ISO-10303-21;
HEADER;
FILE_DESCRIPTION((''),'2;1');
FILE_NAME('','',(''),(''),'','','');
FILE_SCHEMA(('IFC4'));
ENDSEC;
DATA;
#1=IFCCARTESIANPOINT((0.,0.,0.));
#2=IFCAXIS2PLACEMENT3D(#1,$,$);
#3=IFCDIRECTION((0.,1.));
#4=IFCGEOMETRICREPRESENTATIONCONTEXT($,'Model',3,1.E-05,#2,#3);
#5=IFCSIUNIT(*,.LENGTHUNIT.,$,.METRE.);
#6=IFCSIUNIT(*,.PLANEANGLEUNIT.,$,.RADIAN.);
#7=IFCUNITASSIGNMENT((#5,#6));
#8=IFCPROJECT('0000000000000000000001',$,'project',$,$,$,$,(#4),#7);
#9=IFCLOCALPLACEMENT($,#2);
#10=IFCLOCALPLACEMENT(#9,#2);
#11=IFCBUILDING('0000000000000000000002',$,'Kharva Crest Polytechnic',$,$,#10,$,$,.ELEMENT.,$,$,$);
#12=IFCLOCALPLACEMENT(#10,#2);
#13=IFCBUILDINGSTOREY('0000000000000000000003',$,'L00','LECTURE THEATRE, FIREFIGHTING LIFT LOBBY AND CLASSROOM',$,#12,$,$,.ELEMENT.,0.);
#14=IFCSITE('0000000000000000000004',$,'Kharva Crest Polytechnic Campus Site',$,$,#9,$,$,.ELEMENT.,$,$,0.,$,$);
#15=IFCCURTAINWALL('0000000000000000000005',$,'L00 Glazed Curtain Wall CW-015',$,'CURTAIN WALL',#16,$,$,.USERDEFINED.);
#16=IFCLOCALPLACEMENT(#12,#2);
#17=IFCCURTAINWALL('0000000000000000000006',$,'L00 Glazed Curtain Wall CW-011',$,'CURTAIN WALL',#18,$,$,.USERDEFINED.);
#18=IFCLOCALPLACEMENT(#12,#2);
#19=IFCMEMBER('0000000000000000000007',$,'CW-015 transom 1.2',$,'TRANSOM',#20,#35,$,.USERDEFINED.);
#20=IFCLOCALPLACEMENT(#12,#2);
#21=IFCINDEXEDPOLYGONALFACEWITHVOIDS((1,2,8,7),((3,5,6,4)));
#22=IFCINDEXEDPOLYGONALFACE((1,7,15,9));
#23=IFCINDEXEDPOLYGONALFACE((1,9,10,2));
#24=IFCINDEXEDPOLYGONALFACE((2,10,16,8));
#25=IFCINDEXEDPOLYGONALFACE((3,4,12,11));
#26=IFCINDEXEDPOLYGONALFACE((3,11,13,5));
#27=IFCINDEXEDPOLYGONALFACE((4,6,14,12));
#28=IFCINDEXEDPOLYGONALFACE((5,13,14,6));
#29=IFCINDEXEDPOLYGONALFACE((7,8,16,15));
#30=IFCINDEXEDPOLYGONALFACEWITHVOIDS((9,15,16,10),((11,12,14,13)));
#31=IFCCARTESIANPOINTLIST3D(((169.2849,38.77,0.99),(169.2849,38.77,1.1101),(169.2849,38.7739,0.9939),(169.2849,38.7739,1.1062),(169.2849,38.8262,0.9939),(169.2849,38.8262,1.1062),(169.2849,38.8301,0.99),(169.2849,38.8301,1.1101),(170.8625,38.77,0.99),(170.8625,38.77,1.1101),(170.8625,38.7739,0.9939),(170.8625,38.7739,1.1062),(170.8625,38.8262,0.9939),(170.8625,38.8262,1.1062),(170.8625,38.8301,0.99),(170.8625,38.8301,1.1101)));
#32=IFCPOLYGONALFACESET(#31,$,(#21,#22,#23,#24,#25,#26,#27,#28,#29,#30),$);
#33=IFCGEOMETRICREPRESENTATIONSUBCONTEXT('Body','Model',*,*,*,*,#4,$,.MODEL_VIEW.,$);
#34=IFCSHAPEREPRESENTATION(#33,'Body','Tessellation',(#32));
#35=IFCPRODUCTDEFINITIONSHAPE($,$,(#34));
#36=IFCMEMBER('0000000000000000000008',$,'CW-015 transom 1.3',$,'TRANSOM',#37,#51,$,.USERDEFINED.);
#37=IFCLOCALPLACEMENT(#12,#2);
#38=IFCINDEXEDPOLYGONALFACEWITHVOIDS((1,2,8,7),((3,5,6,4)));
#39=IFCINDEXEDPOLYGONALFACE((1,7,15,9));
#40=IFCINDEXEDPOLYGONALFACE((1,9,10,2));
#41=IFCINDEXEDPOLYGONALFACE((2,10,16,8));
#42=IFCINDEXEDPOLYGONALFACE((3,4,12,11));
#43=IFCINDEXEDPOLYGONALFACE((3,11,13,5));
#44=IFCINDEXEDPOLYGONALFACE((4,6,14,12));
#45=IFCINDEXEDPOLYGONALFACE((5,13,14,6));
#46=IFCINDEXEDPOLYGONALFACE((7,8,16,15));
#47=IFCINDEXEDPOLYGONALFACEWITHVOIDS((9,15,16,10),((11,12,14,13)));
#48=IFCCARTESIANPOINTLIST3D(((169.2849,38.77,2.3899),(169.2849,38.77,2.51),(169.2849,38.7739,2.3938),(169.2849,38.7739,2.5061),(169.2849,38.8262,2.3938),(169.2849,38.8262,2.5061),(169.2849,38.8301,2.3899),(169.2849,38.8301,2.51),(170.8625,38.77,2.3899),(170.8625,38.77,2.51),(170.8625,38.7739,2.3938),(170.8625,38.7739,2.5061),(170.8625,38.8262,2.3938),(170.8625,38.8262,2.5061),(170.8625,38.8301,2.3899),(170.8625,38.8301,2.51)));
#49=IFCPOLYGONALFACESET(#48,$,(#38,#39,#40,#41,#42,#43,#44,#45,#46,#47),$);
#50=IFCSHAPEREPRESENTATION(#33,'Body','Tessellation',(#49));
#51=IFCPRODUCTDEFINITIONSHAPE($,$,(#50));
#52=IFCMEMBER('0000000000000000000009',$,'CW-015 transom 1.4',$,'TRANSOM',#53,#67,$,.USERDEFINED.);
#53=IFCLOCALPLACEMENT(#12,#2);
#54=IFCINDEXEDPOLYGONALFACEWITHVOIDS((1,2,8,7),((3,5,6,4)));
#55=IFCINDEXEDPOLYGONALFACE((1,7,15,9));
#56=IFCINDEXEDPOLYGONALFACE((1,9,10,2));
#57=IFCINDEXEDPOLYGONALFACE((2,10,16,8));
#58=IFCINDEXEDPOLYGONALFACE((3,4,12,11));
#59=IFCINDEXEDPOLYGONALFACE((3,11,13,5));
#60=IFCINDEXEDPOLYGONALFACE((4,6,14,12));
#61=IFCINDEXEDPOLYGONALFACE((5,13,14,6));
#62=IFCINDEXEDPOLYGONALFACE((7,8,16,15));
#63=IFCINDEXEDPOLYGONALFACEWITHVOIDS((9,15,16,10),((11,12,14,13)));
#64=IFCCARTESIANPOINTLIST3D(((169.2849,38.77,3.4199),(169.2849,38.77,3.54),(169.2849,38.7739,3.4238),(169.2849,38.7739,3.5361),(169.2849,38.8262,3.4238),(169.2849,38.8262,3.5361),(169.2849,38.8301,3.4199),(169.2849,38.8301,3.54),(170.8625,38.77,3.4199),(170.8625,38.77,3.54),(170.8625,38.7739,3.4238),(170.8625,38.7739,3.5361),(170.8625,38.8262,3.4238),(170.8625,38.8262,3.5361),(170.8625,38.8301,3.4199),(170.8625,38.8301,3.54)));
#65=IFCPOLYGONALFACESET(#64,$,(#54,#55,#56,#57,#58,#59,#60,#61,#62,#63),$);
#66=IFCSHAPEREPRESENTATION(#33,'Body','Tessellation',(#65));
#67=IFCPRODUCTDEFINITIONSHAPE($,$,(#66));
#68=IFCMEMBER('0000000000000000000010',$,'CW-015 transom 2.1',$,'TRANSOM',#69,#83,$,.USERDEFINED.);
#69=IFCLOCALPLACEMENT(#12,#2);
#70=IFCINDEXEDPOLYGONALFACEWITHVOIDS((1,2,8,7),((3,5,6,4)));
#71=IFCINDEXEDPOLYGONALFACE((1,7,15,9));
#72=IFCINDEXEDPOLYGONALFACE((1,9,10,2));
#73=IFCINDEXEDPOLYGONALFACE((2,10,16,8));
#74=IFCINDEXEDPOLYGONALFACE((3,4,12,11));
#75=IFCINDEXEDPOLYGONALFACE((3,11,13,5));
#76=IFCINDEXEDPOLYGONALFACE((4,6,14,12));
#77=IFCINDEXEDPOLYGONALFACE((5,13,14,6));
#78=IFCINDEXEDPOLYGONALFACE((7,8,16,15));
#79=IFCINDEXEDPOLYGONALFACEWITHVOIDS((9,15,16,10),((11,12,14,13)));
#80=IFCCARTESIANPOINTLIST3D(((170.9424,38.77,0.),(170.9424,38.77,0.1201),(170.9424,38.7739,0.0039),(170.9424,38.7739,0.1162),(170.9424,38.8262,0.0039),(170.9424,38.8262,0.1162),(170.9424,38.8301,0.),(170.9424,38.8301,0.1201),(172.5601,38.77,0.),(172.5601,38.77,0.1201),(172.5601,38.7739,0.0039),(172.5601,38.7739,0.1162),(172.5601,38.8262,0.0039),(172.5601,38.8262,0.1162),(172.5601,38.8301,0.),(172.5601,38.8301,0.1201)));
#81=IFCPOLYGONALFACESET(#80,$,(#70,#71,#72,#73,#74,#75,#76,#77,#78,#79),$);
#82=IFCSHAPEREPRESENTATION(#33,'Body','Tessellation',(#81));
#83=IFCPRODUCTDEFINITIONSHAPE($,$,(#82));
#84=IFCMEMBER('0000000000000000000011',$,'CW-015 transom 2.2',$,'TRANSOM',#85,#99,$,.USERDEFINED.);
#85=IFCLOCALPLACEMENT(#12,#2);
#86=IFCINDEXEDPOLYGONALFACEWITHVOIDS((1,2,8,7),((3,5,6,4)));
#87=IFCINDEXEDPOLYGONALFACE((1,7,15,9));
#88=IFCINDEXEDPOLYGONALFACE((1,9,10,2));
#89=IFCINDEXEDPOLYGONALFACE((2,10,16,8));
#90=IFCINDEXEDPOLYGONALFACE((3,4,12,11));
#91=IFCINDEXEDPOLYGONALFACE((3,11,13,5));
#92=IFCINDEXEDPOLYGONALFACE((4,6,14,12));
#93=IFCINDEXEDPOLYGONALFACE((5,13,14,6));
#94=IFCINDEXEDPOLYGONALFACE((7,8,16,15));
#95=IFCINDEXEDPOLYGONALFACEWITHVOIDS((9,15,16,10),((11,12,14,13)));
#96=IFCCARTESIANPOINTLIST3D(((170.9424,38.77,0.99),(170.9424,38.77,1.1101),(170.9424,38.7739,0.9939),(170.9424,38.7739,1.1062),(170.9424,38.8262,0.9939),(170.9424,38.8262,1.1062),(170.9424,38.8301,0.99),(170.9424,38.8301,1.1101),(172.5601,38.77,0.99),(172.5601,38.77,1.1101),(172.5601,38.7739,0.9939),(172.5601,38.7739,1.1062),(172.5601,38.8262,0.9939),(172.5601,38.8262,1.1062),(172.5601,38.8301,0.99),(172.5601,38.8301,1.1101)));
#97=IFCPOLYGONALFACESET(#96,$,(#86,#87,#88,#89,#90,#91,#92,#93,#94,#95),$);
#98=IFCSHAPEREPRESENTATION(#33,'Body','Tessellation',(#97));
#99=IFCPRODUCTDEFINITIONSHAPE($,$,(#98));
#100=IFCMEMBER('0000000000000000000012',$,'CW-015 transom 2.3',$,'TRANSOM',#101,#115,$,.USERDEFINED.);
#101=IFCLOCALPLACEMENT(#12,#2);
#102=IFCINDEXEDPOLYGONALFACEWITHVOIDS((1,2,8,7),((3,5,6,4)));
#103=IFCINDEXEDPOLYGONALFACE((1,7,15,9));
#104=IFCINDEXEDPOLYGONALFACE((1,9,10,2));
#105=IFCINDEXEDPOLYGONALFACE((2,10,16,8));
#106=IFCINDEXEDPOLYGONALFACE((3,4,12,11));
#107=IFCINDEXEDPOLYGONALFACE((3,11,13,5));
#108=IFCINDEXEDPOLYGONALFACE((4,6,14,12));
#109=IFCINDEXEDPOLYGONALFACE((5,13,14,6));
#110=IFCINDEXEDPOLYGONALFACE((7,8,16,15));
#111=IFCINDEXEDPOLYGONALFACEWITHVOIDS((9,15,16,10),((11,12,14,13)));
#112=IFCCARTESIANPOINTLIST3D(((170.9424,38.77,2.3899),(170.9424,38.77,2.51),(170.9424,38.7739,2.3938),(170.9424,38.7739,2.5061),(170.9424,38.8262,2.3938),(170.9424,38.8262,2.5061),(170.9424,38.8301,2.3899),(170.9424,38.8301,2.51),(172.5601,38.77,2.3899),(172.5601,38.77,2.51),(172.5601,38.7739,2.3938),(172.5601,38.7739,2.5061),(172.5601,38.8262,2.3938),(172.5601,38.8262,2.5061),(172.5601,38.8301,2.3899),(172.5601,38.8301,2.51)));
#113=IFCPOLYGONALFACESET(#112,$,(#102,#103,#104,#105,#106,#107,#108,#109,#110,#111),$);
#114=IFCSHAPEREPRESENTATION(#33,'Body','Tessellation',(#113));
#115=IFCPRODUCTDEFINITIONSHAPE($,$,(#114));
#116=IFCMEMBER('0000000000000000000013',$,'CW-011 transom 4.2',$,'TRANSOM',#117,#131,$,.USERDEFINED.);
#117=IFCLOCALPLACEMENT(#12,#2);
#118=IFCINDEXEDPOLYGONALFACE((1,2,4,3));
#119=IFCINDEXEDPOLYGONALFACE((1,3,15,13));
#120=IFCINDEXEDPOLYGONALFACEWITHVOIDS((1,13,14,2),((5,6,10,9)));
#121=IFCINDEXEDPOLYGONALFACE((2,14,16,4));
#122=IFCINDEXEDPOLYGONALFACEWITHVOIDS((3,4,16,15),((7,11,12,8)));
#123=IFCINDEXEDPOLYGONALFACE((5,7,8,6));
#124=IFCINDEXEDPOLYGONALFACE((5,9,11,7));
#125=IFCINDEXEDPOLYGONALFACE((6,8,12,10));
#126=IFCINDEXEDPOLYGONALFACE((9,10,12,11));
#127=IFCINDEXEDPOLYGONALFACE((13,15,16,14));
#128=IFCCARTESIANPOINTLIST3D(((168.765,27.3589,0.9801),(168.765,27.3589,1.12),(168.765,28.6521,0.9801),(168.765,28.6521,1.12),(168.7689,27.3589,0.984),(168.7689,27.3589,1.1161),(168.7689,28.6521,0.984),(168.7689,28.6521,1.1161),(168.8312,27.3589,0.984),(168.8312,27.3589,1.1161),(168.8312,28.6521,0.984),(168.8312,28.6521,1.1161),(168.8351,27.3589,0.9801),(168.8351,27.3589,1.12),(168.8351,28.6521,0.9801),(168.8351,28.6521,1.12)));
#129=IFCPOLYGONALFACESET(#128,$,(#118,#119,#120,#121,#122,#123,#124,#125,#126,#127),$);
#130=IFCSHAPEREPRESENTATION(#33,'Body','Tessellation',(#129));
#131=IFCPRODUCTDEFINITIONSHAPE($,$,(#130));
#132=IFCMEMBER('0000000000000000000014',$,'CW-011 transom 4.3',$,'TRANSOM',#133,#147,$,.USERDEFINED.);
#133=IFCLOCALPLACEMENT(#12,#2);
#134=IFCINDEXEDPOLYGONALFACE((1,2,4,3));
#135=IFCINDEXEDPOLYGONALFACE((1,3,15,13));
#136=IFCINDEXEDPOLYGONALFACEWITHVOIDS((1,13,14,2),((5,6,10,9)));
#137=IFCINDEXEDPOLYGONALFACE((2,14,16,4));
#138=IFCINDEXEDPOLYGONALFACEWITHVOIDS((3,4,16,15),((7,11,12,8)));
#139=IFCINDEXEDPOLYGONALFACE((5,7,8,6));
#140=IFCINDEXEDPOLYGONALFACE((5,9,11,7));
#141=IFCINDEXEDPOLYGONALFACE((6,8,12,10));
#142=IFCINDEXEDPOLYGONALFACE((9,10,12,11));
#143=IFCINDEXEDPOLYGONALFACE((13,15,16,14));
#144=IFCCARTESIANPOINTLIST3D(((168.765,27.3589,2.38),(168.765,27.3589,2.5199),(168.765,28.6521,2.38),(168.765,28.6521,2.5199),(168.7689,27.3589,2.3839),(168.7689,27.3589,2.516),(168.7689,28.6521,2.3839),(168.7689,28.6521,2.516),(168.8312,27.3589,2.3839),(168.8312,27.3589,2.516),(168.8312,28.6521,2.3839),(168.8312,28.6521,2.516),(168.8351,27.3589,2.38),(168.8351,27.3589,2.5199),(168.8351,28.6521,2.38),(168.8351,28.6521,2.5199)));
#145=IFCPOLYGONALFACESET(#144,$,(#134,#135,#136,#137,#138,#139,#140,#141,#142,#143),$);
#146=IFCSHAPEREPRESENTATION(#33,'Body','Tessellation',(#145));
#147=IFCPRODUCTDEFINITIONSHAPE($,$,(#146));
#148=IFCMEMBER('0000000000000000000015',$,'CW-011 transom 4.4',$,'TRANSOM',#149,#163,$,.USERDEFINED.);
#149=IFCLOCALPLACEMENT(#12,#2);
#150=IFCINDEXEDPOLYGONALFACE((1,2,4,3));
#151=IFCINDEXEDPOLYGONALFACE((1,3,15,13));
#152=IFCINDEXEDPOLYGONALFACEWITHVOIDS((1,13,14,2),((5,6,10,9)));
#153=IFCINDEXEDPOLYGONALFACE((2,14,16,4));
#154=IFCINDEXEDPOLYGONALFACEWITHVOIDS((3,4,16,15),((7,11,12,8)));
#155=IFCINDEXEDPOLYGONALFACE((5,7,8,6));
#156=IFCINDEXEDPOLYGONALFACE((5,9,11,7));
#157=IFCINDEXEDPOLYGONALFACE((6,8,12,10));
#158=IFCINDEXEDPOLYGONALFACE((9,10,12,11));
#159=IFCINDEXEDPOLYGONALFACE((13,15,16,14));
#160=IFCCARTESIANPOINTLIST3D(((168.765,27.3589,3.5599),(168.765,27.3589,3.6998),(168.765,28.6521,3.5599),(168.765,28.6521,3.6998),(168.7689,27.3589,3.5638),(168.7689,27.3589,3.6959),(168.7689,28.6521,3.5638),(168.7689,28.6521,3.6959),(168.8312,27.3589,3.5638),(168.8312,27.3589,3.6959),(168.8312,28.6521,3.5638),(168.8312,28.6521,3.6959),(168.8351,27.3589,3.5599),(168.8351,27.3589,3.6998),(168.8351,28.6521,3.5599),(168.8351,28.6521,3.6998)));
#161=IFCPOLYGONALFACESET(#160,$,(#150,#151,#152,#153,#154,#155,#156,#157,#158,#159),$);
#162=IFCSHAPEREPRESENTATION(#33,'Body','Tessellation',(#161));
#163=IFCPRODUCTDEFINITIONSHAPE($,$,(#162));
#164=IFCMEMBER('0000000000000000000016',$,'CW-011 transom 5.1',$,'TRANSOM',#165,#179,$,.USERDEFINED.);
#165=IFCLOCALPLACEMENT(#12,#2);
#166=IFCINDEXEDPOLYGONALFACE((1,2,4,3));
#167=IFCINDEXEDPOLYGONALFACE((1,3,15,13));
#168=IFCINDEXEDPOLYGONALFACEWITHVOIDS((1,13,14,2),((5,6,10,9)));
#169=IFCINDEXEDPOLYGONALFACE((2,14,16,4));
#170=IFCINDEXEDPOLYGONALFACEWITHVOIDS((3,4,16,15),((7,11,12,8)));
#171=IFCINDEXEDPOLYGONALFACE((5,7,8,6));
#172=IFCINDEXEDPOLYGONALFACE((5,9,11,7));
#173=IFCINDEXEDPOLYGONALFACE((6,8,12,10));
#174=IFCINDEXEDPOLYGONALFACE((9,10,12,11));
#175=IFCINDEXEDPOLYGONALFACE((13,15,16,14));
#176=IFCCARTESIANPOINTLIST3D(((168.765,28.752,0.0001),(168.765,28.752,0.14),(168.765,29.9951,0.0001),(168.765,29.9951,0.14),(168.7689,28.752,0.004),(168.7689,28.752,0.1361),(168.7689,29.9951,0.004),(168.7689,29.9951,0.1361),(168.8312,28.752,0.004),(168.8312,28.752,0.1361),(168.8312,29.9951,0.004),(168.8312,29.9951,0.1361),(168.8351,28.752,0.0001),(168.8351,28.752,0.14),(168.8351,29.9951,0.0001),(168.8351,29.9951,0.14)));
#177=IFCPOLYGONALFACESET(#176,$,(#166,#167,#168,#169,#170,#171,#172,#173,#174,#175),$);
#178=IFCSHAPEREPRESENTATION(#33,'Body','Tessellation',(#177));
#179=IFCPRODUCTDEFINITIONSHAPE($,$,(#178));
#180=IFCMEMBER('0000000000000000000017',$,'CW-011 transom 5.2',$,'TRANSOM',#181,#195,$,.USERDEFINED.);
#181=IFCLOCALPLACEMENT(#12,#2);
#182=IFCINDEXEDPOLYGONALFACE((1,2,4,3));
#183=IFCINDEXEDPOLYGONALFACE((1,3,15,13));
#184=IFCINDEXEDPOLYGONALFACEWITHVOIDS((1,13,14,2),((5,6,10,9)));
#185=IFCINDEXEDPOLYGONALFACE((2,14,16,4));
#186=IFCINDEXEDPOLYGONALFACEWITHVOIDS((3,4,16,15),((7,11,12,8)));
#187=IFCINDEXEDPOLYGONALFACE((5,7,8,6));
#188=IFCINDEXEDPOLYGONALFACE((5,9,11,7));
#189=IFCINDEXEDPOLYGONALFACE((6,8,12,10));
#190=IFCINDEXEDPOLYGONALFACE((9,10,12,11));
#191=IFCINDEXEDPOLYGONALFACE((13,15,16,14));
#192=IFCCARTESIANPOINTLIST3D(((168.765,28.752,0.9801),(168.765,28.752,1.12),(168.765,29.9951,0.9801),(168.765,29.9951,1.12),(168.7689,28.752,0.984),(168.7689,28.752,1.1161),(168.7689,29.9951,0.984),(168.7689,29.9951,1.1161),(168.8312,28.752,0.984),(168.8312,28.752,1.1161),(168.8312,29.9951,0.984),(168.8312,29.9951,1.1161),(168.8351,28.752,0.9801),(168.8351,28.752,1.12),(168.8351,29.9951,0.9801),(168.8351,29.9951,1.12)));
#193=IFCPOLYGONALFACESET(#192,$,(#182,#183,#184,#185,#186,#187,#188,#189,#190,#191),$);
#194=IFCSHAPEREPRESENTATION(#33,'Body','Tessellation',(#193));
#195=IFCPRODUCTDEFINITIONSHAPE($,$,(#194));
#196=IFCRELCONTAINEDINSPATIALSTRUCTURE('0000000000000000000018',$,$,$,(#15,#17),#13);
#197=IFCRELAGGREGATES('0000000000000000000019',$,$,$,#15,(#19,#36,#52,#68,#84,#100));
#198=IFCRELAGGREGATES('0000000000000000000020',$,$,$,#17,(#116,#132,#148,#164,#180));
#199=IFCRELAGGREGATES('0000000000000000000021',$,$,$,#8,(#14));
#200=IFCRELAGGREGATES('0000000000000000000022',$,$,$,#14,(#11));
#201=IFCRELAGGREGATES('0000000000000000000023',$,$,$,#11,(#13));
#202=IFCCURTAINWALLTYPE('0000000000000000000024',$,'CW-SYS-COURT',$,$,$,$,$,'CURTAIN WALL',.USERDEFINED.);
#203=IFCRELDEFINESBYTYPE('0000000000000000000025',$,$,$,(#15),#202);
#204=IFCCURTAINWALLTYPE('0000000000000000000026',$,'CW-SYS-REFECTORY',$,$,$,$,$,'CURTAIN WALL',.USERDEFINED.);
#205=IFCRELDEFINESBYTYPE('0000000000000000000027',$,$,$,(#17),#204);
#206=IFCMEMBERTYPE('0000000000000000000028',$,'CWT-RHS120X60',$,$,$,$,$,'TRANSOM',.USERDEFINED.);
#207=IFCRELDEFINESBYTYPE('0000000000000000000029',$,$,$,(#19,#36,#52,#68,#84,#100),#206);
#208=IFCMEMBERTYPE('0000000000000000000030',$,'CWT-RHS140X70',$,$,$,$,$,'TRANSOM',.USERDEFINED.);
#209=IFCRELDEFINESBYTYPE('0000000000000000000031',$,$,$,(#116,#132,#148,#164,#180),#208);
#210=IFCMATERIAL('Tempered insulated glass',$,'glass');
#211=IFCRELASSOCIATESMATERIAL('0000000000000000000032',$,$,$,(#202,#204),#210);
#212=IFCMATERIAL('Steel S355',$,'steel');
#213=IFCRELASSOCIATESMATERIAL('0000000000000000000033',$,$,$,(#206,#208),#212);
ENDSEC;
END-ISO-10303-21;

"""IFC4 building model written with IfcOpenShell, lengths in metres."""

from ifc_helpers import new_model, si_unit, direction, frame, origin, origin_2d, place, context, subcontext, project, spatial, hollow_rectangle, extrude, material, material_profile, profile_set, type_object, element, aggregate, save


model = new_model("IFC4")

# Units and contexts
model_context = context("Model", 3, precision=1e-05, world=origin(), true_north=direction((0.0, 1.0)))
body_context = subcontext(model_context, "Body", "Model", "MODEL_VIEW")
ifc_project = project(units=[si_unit("LENGTHUNIT", "METRE"), si_unit("PLANEANGLEUNIT", "RADIAN")], contexts=[model_context])

# Site, building, storey
site_placement = place(None, origin())
site = spatial("IfcSite", under=ifc_project, at=site_placement, Name="Kharva Crest Polytechnic Campus Site", CompositionType="ELEMENT", RefElevation=0.0)
building_placement = place(site_placement, origin())
building = spatial("IfcBuilding", under=site, at=building_placement, Name="Kharva Crest Polytechnic", CompositionType="ELEMENT")
storey_placement = place(building_placement, origin())
storey = spatial("IfcBuildingStorey", under=building, at=storey_placement, Name="L00", Description="LECTURE THEATRE, FIREFIGHTING LIFT LOBBY AND CLASSROOM", CompositionType="ELEMENT", Elevation=0.0)

# Curtain walls
ifc_material_1 = material(Name="Tempered insulated glass", Category="glass")
curtain_wall_type_1 = type_object("IfcCurtainWallType", Name="CW-SYS-COURT", ElementType="CURTAIN WALL", PredefinedType="USERDEFINED", material=ifc_material_1)
curtain_wall_1_placement = place(storey_placement, origin())
curtain_wall_1 = element("IfcCurtainWall", 1, at=curtain_wall_1_placement, inside=storey, type_object=curtain_wall_type_1, Name="L00 Glazed Curtain Wall CW-015", ObjectType="CURTAIN WALL", PredefinedType="USERDEFINED")
ifc_material_2 = material(Name="Steel S355", Category="steel")
curtain_wall_type_2 = type_object("IfcCurtainWallType", Name="CW-SYS-REFECTORY", ElementType="CURTAIN WALL", PredefinedType="USERDEFINED", material=ifc_material_1)
curtain_wall_2_placement = place(storey_placement, origin())
curtain_wall_2 = element("IfcCurtainWall", 2, at=curtain_wall_2_placement, inside=storey, type_object=curtain_wall_type_2, Name="L00 Glazed Curtain Wall CW-011", ObjectType="CURTAIN WALL", PredefinedType="USERDEFINED")

# Members
ifc_material_profile_1 = material_profile(ifc_material_2, hollow_rectangle(XDim=0.0601, YDim=0.1201, WallThickness=0.0039, at=origin_2d()), Name="RHS 120X60X4.0")
ifc_profile_set_1 = profile_set([ifc_material_profile_1], Name="Steel S355")
member_type_1 = type_object("IfcMemberType", Name="CWT-RHS120X60", ElementType="TRANSOM", PredefinedType="USERDEFINED", material=ifc_profile_set_1)
member_1_placement = place(storey_placement, frame((169.2849, 38.8, 1.05), z_axis=(1.0, 0.0, 0.0), x_axis=(0.0, 1.0, 0.0)))
member_1 = element("IfcMember", 3, at=member_1_placement, type_object=member_type_1, Name="CW-015 transom 1.2", ObjectType="TRANSOM", PredefinedType="USERDEFINED", context=body_context, shape_type="SweptSolid", body=[
    extrude(hollow_rectangle(XDim=0.0601, YDim=0.1201, WallThickness=0.0039, at=origin_2d()), origin(), (0.0, 0.0, 1.0), 1.5776),
])
member_2_placement = place(storey_placement, frame((169.2849, 38.8, 2.45), z_axis=(1.0, 0.0, 0.0), x_axis=(0.0, 1.0, 0.0)))
member_2 = element("IfcMember", 4, at=member_2_placement, type_object=member_type_1, Name="CW-015 transom 1.3", ObjectType="TRANSOM", PredefinedType="USERDEFINED", context=body_context, shape_type="SweptSolid", body=[
    extrude(hollow_rectangle(XDim=0.0601, YDim=0.1201, WallThickness=0.0039, at=origin_2d()), origin(), (0.0, 0.0, 1.0), 1.5776),
])
member_3_placement = place(storey_placement, frame((169.2849, 38.8, 3.48), z_axis=(1.0, 0.0, 0.0), x_axis=(0.0, 1.0, 0.0)))
member_3 = element("IfcMember", 5, at=member_3_placement, type_object=member_type_1, Name="CW-015 transom 1.4", ObjectType="TRANSOM", PredefinedType="USERDEFINED", context=body_context, shape_type="SweptSolid", body=[
    extrude(hollow_rectangle(XDim=0.0601, YDim=0.1201, WallThickness=0.0039, at=origin_2d()), origin(), (0.0, 0.0, 1.0), 1.5776),
])
member_4_placement = place(storey_placement, frame((170.9424, 38.8, 0.0601), z_axis=(1.0, 0.0, 0.0), x_axis=(0.0, 1.0, 0.0)))
member_4 = element("IfcMember", 6, at=member_4_placement, type_object=member_type_1, Name="CW-015 transom 2.1", ObjectType="TRANSOM", PredefinedType="USERDEFINED", context=body_context, shape_type="SweptSolid", body=[
    extrude(hollow_rectangle(XDim=0.0601, YDim=0.1201, WallThickness=0.0039, at=origin_2d()), origin(), (0.0, 0.0, 1.0), 1.6177),
])
member_5_placement = place(storey_placement, frame((170.9424, 38.8, 1.05), z_axis=(1.0, 0.0, 0.0), x_axis=(0.0, 1.0, 0.0)))
member_5 = element("IfcMember", 7, at=member_5_placement, type_object=member_type_1, Name="CW-015 transom 2.2", ObjectType="TRANSOM", PredefinedType="USERDEFINED", context=body_context, shape_type="SweptSolid", body=[
    extrude(hollow_rectangle(XDim=0.0601, YDim=0.1201, WallThickness=0.0039, at=origin_2d()), origin(), (0.0, 0.0, 1.0), 1.6177),
])
member_6_placement = place(storey_placement, frame((170.9424, 38.8, 2.45), z_axis=(1.0, 0.0, 0.0), x_axis=(0.0, 1.0, 0.0)))
member_6 = element("IfcMember", 8, at=member_6_placement, type_object=member_type_1, Name="CW-015 transom 2.3", ObjectType="TRANSOM", PredefinedType="USERDEFINED", context=body_context, shape_type="SweptSolid", body=[
    extrude(hollow_rectangle(XDim=0.0601, YDim=0.1201, WallThickness=0.0039, at=origin_2d()), origin(), (0.0, 0.0, 1.0), 1.6177),
])
ifc_material_profile_2 = material_profile(ifc_material_2, hollow_rectangle(XDim=0.0701, YDim=0.1399, WallThickness=0.0039, at=origin_2d()), Name="RHS 140X70X4.0")
ifc_profile_set_2 = profile_set([ifc_material_profile_2], Name="Steel S355")
member_type_2 = type_object("IfcMemberType", Name="CWT-RHS140X70", ElementType="TRANSOM", PredefinedType="USERDEFINED", material=ifc_profile_set_2)
member_7_placement = place(storey_placement, frame((168.8, 27.3589, 1.05), z_axis=(0.0, 1.0, 0.0), x_axis=(-1.0, 0.0, 0.0)))
member_7 = element("IfcMember", 9, at=member_7_placement, type_object=member_type_2, Name="CW-011 transom 4.2", ObjectType="TRANSOM", PredefinedType="USERDEFINED", context=body_context, shape_type="SweptSolid", body=[
    extrude(hollow_rectangle(XDim=0.0701, YDim=0.1399, WallThickness=0.0039, at=origin_2d()), origin(), (0.0, 0.0, 1.0), 1.2932),
])
member_8_placement = place(storey_placement, frame((168.8, 27.3589, 2.45), z_axis=(0.0, 1.0, 0.0), x_axis=(-1.0, 0.0, 0.0)))
member_8 = element("IfcMember", 10, at=member_8_placement, type_object=member_type_2, Name="CW-011 transom 4.3", ObjectType="TRANSOM", PredefinedType="USERDEFINED", context=body_context, shape_type="SweptSolid", body=[
    extrude(hollow_rectangle(XDim=0.0701, YDim=0.1399, WallThickness=0.0039, at=origin_2d()), origin(), (0.0, 0.0, 1.0), 1.2932),
])
member_9_placement = place(storey_placement, frame((168.8, 27.3589, 3.6299), z_axis=(0.0, 1.0, 0.0), x_axis=(-1.0, 0.0, 0.0)))
member_9 = element("IfcMember", 11, at=member_9_placement, type_object=member_type_2, Name="CW-011 transom 4.4", ObjectType="TRANSOM", PredefinedType="USERDEFINED", context=body_context, shape_type="SweptSolid", body=[
    extrude(hollow_rectangle(XDim=0.0701, YDim=0.1399, WallThickness=0.0039, at=origin_2d()), origin(), (0.0, 0.0, 1.0), 1.2932),
])
member_10_placement = place(storey_placement, frame((168.8, 28.752, 0.0701), z_axis=(0.0, 1.0, 0.0), x_axis=(-1.0, 0.0, 0.0)))
member_10 = element("IfcMember", 12, at=member_10_placement, type_object=member_type_2, Name="CW-011 transom 5.1", ObjectType="TRANSOM", PredefinedType="USERDEFINED", context=body_context, shape_type="SweptSolid", body=[
    extrude(hollow_rectangle(XDim=0.0701, YDim=0.1399, WallThickness=0.0039, at=origin_2d()), origin(), (0.0, 0.0, 1.0), 1.2432),
])
member_11_placement = place(storey_placement, frame((168.8, 28.752, 1.05), z_axis=(0.0, 1.0, 0.0), x_axis=(-1.0, 0.0, 0.0)))
member_11 = element("IfcMember", 13, at=member_11_placement, type_object=member_type_2, Name="CW-011 transom 5.2", ObjectType="TRANSOM", PredefinedType="USERDEFINED", context=body_context, shape_type="SweptSolid", body=[
    extrude(hollow_rectangle(XDim=0.0701, YDim=0.1399, WallThickness=0.0039, at=origin_2d()), origin(), (0.0, 0.0, 1.0), 1.2432),
])

aggregate(curtain_wall_1, [member_1, member_2, member_3, member_4, member_5, member_6])
aggregate(curtain_wall_2, [member_7, member_8, member_9, member_10, member_11])

save(model, "model.ifc")
